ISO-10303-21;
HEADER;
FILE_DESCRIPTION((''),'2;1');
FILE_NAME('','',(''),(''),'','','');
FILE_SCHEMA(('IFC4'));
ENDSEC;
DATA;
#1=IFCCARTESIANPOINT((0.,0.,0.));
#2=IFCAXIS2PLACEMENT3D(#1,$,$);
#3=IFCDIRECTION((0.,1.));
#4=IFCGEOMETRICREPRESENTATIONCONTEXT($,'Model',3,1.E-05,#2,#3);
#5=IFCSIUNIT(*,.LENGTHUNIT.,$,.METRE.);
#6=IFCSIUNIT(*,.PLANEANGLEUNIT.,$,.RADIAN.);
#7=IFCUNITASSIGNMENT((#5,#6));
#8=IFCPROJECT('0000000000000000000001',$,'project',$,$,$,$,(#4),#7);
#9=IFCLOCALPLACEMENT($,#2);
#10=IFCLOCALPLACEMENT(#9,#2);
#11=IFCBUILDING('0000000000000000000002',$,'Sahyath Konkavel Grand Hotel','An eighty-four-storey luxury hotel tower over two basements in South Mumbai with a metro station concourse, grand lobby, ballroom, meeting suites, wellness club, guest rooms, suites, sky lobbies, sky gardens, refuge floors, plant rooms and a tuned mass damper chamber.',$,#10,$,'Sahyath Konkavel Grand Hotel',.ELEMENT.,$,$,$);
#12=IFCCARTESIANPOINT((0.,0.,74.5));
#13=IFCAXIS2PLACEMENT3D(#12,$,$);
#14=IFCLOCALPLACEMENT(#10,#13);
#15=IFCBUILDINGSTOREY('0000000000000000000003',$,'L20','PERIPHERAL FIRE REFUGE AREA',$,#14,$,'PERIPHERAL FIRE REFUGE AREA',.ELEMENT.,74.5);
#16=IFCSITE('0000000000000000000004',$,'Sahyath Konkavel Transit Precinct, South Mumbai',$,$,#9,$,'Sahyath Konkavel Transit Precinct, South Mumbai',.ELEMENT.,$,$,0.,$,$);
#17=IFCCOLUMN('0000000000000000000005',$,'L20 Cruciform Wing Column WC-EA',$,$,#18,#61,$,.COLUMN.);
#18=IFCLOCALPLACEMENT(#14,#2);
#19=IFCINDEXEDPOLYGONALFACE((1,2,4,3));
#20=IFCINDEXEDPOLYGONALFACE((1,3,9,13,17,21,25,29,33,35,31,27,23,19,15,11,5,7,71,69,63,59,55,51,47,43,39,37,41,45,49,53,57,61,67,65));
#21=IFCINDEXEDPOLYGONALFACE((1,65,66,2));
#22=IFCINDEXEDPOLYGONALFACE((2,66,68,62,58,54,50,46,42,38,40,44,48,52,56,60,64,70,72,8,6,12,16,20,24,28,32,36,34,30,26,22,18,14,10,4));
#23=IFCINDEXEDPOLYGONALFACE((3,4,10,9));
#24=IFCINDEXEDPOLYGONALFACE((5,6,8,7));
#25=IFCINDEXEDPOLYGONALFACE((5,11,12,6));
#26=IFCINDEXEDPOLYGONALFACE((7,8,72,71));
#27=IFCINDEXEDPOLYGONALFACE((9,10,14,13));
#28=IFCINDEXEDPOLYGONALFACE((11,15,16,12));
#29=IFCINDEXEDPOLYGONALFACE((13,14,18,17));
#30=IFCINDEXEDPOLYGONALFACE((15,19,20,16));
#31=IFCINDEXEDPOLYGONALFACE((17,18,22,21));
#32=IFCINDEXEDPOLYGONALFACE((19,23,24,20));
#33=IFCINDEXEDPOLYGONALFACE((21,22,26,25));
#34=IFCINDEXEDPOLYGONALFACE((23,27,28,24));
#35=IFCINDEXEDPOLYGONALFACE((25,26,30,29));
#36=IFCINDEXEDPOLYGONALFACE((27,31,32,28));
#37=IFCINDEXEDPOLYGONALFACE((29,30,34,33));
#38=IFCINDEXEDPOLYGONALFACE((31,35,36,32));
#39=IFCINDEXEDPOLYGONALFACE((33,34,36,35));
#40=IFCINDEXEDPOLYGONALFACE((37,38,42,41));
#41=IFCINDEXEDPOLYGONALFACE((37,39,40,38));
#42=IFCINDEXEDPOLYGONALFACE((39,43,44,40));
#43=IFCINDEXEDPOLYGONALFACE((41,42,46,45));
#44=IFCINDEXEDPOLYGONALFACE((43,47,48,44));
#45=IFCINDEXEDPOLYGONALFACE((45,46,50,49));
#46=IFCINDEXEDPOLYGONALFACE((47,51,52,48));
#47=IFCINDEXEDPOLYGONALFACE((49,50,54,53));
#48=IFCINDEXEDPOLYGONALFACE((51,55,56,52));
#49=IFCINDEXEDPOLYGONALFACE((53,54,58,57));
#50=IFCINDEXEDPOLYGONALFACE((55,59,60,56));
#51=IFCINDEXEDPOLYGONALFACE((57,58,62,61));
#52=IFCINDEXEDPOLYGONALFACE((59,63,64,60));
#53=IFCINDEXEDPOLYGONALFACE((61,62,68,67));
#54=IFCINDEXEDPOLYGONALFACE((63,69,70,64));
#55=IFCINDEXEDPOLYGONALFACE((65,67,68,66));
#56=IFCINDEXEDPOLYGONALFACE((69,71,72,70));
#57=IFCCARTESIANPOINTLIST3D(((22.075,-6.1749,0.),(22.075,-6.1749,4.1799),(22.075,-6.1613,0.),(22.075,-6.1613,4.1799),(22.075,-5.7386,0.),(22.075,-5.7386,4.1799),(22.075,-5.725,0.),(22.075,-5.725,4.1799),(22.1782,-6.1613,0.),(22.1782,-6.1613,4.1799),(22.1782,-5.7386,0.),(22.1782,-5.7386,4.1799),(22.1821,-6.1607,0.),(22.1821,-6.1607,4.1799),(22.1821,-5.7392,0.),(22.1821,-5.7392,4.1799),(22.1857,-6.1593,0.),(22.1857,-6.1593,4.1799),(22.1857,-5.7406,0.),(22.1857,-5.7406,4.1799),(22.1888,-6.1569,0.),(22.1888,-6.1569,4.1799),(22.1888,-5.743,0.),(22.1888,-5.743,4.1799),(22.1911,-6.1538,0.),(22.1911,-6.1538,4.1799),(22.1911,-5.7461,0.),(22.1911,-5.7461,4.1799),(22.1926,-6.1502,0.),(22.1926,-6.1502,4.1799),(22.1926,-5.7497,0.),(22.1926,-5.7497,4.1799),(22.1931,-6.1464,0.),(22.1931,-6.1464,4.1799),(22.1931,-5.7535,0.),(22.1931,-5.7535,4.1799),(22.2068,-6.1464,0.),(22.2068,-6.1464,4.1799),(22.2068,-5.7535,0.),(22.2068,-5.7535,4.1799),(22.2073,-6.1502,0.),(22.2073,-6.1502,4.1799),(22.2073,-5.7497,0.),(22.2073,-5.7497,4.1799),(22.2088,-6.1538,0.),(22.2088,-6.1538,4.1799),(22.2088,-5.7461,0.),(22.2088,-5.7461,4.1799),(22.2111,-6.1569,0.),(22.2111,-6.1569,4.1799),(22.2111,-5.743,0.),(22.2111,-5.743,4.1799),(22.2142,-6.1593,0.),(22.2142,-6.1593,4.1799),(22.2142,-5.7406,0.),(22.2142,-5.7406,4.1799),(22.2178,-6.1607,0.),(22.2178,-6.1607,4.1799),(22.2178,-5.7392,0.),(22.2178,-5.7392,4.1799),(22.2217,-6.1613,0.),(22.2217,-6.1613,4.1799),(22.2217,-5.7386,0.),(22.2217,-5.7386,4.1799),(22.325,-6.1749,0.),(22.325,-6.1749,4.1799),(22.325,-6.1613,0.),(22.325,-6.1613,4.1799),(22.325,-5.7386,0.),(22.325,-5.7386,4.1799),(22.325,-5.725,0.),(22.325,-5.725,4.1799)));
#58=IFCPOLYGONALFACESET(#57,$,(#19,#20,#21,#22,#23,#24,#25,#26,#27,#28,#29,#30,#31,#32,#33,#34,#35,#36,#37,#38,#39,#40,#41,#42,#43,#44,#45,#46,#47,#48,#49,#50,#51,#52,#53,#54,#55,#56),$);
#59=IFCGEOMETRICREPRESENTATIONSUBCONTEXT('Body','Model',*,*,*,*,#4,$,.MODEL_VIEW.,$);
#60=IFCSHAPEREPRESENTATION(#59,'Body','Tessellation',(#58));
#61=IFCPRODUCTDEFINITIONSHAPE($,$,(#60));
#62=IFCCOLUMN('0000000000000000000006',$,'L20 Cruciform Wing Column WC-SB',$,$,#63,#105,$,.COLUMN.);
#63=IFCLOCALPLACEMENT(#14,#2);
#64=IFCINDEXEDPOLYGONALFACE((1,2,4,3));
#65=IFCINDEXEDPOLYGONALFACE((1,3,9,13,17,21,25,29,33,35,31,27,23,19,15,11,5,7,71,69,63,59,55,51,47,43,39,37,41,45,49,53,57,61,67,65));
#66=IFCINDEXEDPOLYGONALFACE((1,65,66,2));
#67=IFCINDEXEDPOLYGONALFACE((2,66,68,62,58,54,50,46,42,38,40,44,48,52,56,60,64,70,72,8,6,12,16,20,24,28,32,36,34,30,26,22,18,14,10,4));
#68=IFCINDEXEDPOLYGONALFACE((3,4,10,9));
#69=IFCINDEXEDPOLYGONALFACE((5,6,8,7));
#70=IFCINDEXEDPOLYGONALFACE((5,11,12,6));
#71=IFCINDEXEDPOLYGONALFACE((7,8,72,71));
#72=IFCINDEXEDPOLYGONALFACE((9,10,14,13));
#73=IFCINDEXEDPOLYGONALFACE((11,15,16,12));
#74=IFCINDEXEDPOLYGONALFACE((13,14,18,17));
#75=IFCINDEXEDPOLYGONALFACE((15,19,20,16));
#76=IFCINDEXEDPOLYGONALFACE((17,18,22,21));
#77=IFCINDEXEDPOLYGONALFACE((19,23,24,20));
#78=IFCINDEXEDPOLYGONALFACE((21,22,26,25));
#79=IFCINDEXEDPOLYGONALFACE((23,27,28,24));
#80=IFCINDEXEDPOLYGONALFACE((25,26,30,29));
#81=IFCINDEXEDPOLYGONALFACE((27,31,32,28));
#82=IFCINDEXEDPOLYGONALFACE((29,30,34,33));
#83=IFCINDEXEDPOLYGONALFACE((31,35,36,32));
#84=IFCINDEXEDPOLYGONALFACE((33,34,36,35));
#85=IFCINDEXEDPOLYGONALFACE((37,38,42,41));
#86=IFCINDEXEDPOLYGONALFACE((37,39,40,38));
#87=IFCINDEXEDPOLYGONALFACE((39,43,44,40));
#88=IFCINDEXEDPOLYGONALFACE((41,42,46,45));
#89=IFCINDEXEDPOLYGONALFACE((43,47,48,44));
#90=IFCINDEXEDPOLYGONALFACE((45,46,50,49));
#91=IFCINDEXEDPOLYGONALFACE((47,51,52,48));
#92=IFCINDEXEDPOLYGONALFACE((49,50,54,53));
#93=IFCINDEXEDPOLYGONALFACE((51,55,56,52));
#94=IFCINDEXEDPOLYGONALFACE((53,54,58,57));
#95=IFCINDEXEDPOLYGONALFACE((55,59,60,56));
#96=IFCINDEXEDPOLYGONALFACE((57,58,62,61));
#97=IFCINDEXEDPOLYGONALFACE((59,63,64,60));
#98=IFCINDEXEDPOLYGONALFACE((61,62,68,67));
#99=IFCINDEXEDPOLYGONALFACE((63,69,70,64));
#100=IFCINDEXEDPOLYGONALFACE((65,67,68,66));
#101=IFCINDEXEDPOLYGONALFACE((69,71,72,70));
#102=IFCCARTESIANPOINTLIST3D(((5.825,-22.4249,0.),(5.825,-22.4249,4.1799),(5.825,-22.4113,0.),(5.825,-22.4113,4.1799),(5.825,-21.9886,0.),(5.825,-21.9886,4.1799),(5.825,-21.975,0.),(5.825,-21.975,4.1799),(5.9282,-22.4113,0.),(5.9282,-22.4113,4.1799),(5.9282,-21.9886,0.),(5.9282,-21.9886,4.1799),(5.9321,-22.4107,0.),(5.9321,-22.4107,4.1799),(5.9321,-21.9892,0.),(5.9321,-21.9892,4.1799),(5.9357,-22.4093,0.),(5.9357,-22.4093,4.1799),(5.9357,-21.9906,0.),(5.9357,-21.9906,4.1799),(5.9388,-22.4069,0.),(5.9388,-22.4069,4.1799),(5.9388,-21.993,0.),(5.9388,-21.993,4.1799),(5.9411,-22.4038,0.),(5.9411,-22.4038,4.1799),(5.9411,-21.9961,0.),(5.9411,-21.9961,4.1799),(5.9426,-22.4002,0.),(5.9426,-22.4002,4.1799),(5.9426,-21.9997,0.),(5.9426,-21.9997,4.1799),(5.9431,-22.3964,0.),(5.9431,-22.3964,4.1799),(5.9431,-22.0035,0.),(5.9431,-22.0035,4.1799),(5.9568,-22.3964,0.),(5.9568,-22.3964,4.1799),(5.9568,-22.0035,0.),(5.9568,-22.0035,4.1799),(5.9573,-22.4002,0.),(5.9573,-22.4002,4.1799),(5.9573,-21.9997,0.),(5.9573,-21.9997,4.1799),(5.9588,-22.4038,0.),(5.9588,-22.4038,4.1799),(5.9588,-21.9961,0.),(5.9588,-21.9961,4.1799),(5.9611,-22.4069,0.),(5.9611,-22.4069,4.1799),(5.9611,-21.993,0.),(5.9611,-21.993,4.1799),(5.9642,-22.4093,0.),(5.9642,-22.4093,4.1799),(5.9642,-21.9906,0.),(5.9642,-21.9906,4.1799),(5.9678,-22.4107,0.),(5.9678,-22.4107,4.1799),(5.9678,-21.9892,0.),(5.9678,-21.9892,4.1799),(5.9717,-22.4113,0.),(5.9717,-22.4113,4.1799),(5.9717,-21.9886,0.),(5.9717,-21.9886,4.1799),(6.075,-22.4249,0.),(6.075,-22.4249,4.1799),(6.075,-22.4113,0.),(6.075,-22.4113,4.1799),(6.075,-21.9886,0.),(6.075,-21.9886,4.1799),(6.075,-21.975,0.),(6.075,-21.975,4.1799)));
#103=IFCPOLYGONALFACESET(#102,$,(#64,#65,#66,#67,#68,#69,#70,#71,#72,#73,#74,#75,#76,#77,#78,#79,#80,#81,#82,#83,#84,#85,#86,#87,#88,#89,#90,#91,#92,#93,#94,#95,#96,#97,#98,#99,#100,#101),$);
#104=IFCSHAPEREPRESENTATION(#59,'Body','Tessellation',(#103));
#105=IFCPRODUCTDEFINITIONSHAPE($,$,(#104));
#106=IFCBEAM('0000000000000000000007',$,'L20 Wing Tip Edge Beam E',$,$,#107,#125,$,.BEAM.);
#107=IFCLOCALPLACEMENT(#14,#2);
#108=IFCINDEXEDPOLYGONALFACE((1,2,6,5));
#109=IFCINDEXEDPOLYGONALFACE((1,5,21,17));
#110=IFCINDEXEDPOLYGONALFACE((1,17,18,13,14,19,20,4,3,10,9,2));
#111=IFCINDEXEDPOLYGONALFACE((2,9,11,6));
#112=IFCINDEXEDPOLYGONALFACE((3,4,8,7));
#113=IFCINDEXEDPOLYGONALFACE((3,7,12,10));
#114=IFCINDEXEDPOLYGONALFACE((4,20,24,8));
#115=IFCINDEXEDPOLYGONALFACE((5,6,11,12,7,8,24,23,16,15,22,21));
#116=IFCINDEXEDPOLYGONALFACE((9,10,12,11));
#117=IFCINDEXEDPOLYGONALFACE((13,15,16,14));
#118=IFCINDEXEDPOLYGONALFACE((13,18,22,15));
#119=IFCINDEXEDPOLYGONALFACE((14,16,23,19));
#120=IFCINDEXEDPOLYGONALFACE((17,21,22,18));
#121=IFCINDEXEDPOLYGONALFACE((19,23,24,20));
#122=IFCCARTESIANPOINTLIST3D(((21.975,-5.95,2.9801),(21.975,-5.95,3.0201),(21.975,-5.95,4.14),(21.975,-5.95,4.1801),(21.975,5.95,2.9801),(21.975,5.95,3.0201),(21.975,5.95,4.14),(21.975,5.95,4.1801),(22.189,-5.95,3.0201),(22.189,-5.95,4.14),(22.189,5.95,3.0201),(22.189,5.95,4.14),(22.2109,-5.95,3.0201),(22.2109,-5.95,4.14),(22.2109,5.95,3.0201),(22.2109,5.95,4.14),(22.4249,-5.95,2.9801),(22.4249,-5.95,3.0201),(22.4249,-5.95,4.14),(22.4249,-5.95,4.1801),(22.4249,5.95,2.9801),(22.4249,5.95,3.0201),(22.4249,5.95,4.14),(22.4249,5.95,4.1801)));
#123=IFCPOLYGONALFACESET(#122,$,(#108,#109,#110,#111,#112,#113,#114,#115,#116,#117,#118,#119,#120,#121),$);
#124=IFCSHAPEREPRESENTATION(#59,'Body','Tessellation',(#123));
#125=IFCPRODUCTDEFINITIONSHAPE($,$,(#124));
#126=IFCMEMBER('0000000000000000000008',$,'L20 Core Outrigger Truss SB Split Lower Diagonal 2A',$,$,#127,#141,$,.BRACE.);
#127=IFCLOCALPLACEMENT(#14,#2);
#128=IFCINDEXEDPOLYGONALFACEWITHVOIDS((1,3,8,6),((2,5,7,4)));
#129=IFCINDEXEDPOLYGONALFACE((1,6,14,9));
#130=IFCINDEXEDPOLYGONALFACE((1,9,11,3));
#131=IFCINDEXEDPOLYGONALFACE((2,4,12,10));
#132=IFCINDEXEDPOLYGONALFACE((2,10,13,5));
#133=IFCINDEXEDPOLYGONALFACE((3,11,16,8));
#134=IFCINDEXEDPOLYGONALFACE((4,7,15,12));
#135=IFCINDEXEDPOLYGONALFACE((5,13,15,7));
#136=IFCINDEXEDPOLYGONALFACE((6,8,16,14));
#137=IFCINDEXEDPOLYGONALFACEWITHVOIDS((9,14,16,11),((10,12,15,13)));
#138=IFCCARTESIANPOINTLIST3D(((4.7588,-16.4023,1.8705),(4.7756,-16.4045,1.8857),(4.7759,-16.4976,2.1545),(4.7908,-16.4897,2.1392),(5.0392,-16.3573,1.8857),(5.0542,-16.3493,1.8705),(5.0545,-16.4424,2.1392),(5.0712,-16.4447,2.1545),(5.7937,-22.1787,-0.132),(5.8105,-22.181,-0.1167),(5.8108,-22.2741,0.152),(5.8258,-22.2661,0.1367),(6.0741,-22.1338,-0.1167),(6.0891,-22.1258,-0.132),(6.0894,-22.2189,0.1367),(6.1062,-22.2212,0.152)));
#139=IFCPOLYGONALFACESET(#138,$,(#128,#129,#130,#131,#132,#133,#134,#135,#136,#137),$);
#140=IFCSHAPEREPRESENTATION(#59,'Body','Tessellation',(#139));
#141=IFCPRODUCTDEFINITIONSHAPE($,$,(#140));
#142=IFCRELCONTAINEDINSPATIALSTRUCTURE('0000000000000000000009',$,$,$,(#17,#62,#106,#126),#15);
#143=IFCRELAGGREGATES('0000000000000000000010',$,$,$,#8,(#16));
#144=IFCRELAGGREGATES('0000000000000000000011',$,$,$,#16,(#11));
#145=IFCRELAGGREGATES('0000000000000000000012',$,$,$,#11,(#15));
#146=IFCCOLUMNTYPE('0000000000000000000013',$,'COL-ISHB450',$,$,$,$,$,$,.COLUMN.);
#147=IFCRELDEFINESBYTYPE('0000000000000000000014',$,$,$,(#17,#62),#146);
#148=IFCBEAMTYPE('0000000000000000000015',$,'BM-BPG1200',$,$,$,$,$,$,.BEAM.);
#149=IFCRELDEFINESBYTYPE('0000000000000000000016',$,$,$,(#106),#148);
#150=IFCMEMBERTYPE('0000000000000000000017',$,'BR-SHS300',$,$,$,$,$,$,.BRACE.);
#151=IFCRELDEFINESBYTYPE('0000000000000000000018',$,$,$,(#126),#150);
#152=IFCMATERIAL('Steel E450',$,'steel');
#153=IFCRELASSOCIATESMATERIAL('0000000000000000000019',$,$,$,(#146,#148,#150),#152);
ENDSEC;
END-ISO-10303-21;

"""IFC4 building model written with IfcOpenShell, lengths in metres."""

from ifc_helpers import new_model, si_unit, direction, frame, origin, origin_2d, place, context, subcontext, project, spatial, hollow_rectangle, i_section, extrude, source, transform, mapped, material, material_profile, profile_set, type_object, element, save


model = new_model("IFC4")

# Units and contexts
model_context = context("Model", 3, precision=1e-05, world=origin(), true_north=direction((0.0, 1.0)))
body_context = subcontext(model_context, "Body", "Model", "MODEL_VIEW")
ifc_project = project(units=[si_unit("LENGTHUNIT", "METRE"), si_unit("PLANEANGLEUNIT", "RADIAN")], contexts=[model_context])

# Site, building, storey
site_placement = place(None, origin())
site = spatial("IfcSite", under=ifc_project, at=site_placement, Name="Sahyath Konkavel Transit Precinct, South Mumbai", LongName="Sahyath Konkavel Transit Precinct, South Mumbai", CompositionType="ELEMENT", RefElevation=0.0)
building_placement = place(site_placement, origin())
building = spatial("IfcBuilding", under=site, at=building_placement, Name="Sahyath Konkavel Grand Hotel", Description="An eighty-four-storey luxury hotel tower over two basements in South Mumbai with a metro station concourse, grand lobby, ballroom, meeting suites, wellness club, guest rooms, suites, sky lobbies, sky gardens, refuge floors, plant rooms and a tuned mass damper chamber.", LongName="Sahyath Konkavel Grand Hotel", CompositionType="ELEMENT")
storey_placement = place(building_placement, frame((0.0, 0.0, 74.5)))
storey = spatial("IfcBuildingStorey", under=building, at=storey_placement, Name="L20", Description="PERIPHERAL FIRE REFUGE AREA", LongName="PERIPHERAL FIRE REFUGE AREA", CompositionType="ELEMENT", Elevation=74.5)

# Columns
ifc_material_1 = material(Name="Steel E450", Category="steel")
ifc_material_profile_1 = material_profile(ifc_material_1, i_section(OverallWidth=0.25, OverallDepth=0.45, WebThickness=0.0137, FlangeThickness=0.0137, FilletRadius=0.0149, at=origin_2d()), Name="ISHB 450")
ifc_profile_set_1 = profile_set([ifc_material_profile_1], Name="Steel E450")
column_type = type_object("IfcColumnType", Name="COL-ISHB450", PredefinedType="COLUMN", material=ifc_profile_set_1)
shared_shape_1 = source(origin(), body_context, "Body", "SweptSolid", [
    extrude(i_section(OverallWidth=0.25, OverallDepth=0.45, WebThickness=0.0137, FlangeThickness=0.0137, FilletRadius=0.0149, at=origin_2d()), origin(), (0.0, 0.0, 1.0), 4.1799),
])
for number, where, z_axis, x_axis, name in (
    (1, (22.2, -5.95, 0.0), (0.0, 0.0, 1.0), (1.0, 0.0, 0.0), "L20 Cruciform Wing Column WC-EA"),
    (2, (5.95, -22.2, 0.0), (0.0, 0.0, 1.0), (1.0, 0.0, 0.0), "L20 Cruciform Wing Column WC-SB"),
):
    element("IfcColumn", number, at=place(storey_placement, frame(where, z_axis=z_axis, x_axis=x_axis)), inside=storey, type_object=column_type, Name=name, PredefinedType="COLUMN", context=body_context, shape_type="MappedRepresentation", body=[
        mapped(shared_shape_1, transform((0.0, 0.0, 0.0), scale=1.0)),
    ])

# Beam
ifc_material_profile_2 = material_profile(ifc_material_1, i_section(OverallWidth=0.45, OverallDepth=1.2, WebThickness=0.022, FlangeThickness=0.04, at=origin_2d()), Name="BPG 1200x450")
ifc_profile_set_2 = profile_set([ifc_material_profile_2], Name="Steel E450")
beam_type = type_object("IfcBeamType", Name="BM-BPG1200", PredefinedType="BEAM", material=ifc_profile_set_2)
shared_shape_2 = source(origin(), body_context, "Body", "SweptSolid", [
    extrude(i_section(OverallWidth=0.45, OverallDepth=1.2, WebThickness=0.022, FlangeThickness=0.04, at=origin_2d()), origin(), (0.0, 0.0, 1.0), 11.8999),
])
beam_placement = place(storey_placement, frame((22.2, -5.95, 3.5801), z_axis=(0.0, 1.0, 0.0), x_axis=(-1.0, 0.0, 0.0)))
element("IfcBeam", 3, at=beam_placement, inside=storey, type_object=beam_type, Name="L20 Wing Tip Edge Beam E", PredefinedType="BEAM", context=body_context, shape_type="MappedRepresentation", body=[
    mapped(shared_shape_2, transform((0.0, 0.0, 0.0), scale=1.0)),
])

# Member
ifc_material_profile_3 = material_profile(ifc_material_1, hollow_rectangle(XDim=0.3, YDim=0.3, WallThickness=0.0161, at=origin_2d()), Name="SHS 300x300x16")
ifc_profile_set_3 = profile_set([ifc_material_profile_3], Name="Steel E450")
member_type_1 = type_object("IfcMemberType", Name="BR-SHS300", PredefinedType="BRACE", material=ifc_profile_set_3)
shared_shape_3 = source(origin(), body_context, "Body", "SweptSolid", [
    extrude(hollow_rectangle(XDim=0.3, YDim=0.3, WallThickness=0.0161, at=origin_2d()), origin(), (0.0, 0.0, 1.0), 6.2007),
])
member_1_placement = place(storey_placement, frame((5.95, -22.2, 0.01), z_axis=(-0.166906, 0.931584, 0.322944), x_axis=(-0.984327, -0.176355, 0.0)))
element("IfcMember", 4, at=member_1_placement, inside=storey, type_object=member_type_1, Name="L20 Core Outrigger Truss SB Split Lower Diagonal 2A", PredefinedType="BRACE", context=body_context, shape_type="MappedRepresentation", body=[
    mapped(shared_shape_3, transform((0.0, 0.0, 0.0), scale=1.0)),
])

save(model, "model.ifc")
